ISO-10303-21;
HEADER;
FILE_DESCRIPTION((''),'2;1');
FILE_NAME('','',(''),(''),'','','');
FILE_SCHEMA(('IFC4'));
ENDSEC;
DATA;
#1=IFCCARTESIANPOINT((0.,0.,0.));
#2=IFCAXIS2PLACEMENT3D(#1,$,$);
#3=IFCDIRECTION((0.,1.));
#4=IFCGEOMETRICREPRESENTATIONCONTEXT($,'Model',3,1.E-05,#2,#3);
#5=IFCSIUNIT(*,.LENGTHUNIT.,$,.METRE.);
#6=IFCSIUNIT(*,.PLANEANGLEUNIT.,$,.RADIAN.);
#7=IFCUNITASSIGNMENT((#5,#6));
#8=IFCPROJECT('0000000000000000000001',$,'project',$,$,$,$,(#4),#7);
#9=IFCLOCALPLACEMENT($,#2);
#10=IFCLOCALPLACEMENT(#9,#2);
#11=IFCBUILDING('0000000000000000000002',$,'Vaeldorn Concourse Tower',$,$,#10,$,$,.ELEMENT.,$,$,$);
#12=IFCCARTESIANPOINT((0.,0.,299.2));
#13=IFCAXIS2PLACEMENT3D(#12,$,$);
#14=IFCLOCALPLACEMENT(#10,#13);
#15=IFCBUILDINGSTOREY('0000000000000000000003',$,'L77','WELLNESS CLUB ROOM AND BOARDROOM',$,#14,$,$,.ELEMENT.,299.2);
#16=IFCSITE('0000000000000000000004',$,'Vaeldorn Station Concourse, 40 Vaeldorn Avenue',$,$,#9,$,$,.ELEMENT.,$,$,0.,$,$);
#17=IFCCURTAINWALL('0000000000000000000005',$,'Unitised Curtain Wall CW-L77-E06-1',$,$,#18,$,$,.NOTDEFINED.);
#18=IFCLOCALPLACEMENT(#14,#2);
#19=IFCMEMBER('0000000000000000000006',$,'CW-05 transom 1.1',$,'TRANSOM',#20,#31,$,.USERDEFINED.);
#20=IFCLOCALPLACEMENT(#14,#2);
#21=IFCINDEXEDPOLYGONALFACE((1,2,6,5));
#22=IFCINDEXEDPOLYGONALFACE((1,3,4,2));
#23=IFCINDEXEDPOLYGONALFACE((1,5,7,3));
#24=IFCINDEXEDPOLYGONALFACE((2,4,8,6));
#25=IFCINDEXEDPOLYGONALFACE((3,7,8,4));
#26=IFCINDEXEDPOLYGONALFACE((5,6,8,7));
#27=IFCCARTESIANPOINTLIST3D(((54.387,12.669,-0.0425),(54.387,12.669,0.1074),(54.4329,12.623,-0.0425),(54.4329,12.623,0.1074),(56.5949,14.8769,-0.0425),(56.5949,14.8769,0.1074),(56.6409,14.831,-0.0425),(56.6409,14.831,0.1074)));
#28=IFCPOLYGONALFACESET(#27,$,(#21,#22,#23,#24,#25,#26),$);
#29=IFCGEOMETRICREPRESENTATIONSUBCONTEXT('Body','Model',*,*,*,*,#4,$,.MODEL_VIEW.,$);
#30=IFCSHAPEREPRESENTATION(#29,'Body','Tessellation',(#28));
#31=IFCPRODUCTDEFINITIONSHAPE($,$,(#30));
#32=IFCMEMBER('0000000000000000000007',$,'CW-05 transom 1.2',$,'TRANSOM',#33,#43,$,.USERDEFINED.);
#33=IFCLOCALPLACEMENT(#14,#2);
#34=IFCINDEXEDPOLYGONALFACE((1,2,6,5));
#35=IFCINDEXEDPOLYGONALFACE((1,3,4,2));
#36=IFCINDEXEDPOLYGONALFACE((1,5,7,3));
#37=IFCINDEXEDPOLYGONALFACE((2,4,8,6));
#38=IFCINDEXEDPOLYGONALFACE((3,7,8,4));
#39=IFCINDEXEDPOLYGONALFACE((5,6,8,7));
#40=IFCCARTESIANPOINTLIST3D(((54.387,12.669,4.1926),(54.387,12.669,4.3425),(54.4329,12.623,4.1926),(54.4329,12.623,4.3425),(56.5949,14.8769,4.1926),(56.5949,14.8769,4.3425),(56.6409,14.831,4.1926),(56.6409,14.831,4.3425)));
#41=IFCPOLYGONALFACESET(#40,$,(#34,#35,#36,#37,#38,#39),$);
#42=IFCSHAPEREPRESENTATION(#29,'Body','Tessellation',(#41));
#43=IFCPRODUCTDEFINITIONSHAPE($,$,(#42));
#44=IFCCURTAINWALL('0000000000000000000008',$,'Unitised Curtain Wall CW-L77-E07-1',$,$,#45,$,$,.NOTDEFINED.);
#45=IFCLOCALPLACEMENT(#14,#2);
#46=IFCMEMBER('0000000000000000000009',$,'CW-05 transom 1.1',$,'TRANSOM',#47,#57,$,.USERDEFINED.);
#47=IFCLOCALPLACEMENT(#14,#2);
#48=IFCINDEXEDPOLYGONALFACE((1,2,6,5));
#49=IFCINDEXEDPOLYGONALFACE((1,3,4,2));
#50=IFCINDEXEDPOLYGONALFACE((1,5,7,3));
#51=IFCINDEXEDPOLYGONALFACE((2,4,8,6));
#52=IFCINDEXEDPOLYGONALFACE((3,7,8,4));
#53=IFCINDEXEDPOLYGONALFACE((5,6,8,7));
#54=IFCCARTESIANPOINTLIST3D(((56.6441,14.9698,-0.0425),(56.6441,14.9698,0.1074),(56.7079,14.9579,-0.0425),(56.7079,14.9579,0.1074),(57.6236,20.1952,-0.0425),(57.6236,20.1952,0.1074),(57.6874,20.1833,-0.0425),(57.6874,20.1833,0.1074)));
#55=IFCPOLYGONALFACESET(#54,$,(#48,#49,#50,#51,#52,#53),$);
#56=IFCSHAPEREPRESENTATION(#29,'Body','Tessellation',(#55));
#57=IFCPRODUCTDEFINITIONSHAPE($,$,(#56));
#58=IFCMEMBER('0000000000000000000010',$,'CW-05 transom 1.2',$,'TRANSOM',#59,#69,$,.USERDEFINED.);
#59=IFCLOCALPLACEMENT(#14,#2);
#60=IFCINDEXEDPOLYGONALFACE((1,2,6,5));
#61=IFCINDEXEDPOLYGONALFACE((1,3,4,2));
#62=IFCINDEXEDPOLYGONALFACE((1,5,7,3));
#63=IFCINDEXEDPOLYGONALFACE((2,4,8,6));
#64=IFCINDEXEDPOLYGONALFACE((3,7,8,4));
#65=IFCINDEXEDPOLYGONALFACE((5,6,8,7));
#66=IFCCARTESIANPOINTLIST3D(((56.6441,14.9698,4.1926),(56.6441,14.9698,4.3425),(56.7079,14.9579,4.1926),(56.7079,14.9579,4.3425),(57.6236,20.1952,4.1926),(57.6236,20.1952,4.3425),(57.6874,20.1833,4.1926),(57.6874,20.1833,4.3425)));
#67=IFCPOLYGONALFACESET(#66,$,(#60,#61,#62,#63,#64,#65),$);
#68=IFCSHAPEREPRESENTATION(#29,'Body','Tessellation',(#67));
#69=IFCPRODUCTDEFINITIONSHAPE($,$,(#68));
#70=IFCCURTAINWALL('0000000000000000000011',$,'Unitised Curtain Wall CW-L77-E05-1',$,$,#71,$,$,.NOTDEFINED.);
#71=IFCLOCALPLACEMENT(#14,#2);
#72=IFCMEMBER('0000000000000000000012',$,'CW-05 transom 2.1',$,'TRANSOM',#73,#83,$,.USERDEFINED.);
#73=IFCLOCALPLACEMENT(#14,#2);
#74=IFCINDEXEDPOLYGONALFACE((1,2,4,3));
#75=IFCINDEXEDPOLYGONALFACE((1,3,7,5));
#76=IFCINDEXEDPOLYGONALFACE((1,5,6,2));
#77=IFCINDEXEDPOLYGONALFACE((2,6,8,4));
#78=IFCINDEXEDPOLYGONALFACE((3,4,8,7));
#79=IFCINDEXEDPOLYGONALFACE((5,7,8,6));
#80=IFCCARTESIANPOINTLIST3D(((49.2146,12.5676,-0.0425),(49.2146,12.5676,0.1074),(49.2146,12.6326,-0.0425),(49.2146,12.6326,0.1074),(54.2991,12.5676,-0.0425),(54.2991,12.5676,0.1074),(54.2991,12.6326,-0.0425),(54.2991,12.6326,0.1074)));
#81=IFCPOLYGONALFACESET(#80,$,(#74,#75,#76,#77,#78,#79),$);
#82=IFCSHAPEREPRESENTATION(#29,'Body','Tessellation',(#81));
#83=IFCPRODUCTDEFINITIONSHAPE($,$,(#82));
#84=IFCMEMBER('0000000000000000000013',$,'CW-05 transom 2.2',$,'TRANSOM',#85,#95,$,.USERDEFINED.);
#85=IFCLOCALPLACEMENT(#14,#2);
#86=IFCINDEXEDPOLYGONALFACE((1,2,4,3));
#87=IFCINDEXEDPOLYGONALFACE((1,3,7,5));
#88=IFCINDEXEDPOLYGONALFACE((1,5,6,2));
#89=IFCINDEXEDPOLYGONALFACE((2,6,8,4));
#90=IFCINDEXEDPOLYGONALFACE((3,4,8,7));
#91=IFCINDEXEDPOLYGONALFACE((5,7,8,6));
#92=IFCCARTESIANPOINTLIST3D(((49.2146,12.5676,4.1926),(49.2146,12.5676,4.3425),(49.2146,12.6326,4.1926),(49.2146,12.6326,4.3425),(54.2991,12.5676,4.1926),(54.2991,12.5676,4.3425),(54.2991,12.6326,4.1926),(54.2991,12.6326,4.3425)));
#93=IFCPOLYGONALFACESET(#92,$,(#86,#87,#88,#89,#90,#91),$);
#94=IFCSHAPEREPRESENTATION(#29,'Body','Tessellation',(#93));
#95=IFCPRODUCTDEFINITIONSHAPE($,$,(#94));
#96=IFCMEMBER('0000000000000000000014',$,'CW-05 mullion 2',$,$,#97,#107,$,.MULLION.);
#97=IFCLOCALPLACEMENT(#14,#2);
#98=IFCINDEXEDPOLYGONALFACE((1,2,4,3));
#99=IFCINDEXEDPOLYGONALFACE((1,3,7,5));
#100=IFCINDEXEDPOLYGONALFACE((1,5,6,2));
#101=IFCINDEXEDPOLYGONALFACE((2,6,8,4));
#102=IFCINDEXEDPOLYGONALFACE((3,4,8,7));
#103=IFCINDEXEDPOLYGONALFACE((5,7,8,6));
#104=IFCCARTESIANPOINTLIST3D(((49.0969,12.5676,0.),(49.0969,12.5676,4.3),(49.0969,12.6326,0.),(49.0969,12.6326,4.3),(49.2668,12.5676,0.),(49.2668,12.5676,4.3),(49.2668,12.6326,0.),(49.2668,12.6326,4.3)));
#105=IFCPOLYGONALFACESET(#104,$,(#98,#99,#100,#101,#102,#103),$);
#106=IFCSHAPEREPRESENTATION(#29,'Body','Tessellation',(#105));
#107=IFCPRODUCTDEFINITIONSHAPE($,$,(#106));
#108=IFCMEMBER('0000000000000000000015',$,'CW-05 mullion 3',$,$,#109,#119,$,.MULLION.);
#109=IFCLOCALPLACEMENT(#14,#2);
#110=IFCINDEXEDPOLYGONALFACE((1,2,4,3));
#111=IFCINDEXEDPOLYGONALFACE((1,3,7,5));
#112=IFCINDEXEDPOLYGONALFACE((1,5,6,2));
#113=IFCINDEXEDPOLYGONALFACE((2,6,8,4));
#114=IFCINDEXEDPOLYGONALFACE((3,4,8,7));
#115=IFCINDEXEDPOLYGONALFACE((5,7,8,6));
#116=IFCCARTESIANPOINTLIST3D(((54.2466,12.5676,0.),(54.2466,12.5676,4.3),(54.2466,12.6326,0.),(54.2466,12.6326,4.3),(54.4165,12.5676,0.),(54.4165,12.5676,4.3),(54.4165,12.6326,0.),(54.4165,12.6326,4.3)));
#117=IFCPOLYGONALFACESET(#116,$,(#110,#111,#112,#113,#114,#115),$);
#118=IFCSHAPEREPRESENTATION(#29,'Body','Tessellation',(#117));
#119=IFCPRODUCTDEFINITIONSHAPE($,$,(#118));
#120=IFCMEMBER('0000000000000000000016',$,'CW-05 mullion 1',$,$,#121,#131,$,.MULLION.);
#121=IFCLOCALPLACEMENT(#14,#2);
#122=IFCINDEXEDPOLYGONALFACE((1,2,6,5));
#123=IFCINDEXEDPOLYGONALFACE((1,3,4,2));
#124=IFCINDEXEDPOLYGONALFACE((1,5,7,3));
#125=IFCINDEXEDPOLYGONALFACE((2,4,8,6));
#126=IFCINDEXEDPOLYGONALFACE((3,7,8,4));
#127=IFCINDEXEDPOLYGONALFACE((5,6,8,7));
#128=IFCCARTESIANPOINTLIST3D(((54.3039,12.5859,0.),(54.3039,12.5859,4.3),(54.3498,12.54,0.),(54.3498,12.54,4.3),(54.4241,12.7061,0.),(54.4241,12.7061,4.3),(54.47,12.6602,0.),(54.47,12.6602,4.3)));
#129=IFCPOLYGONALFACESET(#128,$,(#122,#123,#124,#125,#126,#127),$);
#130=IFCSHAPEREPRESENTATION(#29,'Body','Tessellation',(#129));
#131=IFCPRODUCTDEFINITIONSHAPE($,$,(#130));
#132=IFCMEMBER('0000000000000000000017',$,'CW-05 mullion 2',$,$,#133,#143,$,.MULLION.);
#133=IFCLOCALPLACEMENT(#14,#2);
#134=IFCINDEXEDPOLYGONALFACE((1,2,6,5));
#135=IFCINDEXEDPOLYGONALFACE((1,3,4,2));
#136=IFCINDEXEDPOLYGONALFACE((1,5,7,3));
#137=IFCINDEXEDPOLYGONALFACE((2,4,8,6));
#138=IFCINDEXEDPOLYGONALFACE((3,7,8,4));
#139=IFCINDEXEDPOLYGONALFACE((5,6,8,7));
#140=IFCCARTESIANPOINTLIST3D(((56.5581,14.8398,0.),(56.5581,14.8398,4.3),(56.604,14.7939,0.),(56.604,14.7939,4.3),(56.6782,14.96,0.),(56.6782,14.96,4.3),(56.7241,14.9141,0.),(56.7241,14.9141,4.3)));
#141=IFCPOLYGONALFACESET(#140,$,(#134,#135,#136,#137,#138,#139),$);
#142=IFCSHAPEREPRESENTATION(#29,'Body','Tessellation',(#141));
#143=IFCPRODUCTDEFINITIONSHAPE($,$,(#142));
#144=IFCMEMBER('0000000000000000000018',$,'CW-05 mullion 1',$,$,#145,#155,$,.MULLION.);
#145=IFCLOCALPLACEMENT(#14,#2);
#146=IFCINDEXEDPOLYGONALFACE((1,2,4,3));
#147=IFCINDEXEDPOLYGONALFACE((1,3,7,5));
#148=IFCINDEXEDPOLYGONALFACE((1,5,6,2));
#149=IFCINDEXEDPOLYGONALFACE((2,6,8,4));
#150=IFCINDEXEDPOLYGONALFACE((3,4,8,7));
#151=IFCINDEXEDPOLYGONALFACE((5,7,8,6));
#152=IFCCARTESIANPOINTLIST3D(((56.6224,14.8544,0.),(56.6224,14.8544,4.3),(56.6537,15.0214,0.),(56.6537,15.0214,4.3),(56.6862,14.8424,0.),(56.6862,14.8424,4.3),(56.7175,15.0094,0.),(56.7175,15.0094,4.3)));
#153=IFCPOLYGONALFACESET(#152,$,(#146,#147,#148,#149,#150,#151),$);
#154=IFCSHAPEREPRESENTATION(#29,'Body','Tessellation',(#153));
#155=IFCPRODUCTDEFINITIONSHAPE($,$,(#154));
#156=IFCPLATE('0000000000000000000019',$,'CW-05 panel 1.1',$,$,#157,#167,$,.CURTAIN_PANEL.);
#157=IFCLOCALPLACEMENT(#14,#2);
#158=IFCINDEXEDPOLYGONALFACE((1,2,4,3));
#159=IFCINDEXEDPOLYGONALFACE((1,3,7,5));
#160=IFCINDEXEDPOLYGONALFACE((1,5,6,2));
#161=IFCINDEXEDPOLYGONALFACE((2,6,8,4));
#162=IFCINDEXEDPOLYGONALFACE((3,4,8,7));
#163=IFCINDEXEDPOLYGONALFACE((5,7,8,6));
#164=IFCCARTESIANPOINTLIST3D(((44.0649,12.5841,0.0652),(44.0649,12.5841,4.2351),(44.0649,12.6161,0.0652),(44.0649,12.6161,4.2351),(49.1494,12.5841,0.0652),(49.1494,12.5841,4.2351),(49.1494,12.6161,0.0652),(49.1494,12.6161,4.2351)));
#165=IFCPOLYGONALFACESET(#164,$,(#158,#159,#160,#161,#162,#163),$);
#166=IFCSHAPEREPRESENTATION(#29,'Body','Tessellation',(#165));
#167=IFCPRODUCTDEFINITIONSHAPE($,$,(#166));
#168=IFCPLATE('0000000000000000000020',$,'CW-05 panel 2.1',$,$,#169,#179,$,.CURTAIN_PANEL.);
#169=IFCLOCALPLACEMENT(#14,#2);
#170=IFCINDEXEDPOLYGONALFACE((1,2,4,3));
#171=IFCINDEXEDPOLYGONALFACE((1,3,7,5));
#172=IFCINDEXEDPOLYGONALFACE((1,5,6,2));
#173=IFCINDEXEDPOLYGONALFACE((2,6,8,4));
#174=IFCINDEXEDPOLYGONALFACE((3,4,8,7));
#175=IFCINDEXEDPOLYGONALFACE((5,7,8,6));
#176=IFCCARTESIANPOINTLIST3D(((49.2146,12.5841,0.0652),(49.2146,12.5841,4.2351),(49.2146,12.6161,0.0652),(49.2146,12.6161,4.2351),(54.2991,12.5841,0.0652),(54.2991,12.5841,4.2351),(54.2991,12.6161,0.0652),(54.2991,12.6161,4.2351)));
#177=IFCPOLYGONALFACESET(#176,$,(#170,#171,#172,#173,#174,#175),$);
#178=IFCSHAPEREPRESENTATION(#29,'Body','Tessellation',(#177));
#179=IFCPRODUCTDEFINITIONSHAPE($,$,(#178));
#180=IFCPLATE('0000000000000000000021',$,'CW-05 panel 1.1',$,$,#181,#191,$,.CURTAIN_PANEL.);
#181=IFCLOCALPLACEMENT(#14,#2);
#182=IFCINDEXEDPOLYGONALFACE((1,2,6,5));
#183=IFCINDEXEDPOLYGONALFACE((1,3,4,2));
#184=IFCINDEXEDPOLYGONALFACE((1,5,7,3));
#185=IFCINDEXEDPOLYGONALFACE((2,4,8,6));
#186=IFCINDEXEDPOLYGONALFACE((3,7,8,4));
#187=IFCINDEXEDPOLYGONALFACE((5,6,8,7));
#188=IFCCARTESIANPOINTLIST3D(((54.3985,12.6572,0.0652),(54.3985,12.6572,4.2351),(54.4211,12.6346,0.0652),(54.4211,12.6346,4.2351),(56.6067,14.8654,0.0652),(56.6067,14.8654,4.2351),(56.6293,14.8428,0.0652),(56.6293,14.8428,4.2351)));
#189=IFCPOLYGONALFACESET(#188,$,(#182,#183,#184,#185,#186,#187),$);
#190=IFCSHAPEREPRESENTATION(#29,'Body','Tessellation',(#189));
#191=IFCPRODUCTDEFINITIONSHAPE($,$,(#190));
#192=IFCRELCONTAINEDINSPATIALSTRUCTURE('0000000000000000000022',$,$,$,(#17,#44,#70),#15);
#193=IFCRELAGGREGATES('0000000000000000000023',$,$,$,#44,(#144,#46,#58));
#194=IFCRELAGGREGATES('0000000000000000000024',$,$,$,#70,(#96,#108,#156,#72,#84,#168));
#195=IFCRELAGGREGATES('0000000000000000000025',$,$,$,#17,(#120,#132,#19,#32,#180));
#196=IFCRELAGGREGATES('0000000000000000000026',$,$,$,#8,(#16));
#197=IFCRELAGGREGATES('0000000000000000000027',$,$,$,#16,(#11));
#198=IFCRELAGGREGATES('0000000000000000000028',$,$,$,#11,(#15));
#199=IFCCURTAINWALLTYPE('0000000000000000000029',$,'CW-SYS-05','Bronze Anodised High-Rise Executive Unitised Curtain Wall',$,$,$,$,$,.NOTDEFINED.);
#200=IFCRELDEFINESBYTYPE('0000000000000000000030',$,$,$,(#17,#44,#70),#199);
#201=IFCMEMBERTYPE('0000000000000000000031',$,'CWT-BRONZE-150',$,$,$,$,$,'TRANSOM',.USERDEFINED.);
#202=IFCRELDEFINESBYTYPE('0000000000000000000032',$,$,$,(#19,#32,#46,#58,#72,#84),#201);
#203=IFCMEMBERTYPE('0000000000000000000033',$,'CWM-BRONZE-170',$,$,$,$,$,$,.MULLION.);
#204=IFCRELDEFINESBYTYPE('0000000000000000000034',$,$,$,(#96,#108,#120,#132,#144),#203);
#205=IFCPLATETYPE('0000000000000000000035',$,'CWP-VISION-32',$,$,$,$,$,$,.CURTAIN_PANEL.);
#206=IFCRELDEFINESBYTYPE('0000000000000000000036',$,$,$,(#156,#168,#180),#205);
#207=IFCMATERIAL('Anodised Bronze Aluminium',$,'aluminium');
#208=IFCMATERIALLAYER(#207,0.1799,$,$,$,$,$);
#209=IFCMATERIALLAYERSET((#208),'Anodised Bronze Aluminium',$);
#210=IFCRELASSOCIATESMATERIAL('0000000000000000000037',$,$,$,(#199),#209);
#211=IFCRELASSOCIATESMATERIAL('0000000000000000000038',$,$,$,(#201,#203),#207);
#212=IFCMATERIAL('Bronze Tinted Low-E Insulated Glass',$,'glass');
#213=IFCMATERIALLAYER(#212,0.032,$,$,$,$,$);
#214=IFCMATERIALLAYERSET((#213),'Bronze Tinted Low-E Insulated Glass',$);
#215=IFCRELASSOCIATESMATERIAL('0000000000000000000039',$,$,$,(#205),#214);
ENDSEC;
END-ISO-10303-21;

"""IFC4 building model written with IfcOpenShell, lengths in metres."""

from ifc_helpers import new_model, si_unit, direction, frame, origin, origin_2d, place, context, subcontext, project, spatial, rectangle, extrude, source, transform, mapped, material, layer, layer_set, material_profile, profile_set, type_object, element, aggregate, save


model = new_model("IFC4")

# Units and contexts
model_context = context("Model", 3, precision=1e-05, world=origin(), true_north=direction((0.0, 1.0)))
body_context = subcontext(model_context, "Body", "Model", "MODEL_VIEW")
ifc_project = project(units=[si_unit("LENGTHUNIT", "METRE"), si_unit("PLANEANGLEUNIT", "RADIAN")], contexts=[model_context])

# Site, building, storey
site_placement = place(None, origin())
site = spatial("IfcSite", under=ifc_project, at=site_placement, Name="Vaeldorn Station Concourse, 40 Vaeldorn Avenue", CompositionType="ELEMENT", RefElevation=0.0)
building_placement = place(site_placement, origin())
building = spatial("IfcBuilding", under=site, at=building_placement, Name="Vaeldorn Concourse Tower", CompositionType="ELEMENT")
storey_placement = place(building_placement, frame((0.0, 0.0, 299.2)))
storey = spatial("IfcBuildingStorey", under=building, at=storey_placement, Name="L77", Description="WELLNESS CLUB ROOM AND BOARDROOM", CompositionType="ELEMENT", Elevation=299.2)

# Curtain walls, members
ifc_material_1 = material(Name="Anodised Bronze Aluminium", Category="aluminium")
ifc_layer_1 = layer(ifc_material_1, 0.1799)
ifc_layer_set_1 = layer_set([ifc_layer_1], Name="Anodised Bronze Aluminium")
curtain_wall_type = type_object("IfcCurtainWallType", Name="CW-SYS-05", Description="Bronze Anodised High-Rise Executive Unitised Curtain Wall", PredefinedType="NOTDEFINED", material=ifc_layer_set_1)
curtain_wall_1_placement = place(storey_placement, origin())
curtain_wall_1 = element("IfcCurtainWall", 1, at=curtain_wall_1_placement, inside=storey, type_object=curtain_wall_type, Name="Unitised Curtain Wall CW-L77-E06-1", PredefinedType="NOTDEFINED")
ifc_material_profile_1 = material_profile(ifc_material_1, rectangle(XDim=0.0649, YDim=0.1499, at=origin_2d()), Name="CWT 65x150")
ifc_profile_set_1 = profile_set([ifc_material_profile_1], Name="Anodised Bronze Aluminium")
member_type_1 = type_object("IfcMemberType", Name="CWT-BRONZE-150", ElementType="TRANSOM", PredefinedType="USERDEFINED", material=ifc_profile_set_1)
shared_shape_1 = source(origin(), body_context, "Body", "SweptSolid", [
    extrude(rectangle(XDim=0.0649, YDim=0.1499, at=origin_2d()), origin(), (0.0, 0.0, 1.0), 3.1226),
])
member_1_placement = place(storey_placement, frame((54.4099, 12.646, 0.0325), z_axis=(0.707107, 0.707107, 0.0), x_axis=(-0.707107, 0.707107, 0.0)))
member_1 = element("IfcMember", 2, at=member_1_placement, type_object=member_type_1, Name="CW-05 transom 1.1", ObjectType="TRANSOM", PredefinedType="USERDEFINED", context=body_context, shape_type="MappedRepresentation", body=[
    mapped(shared_shape_1, transform((0.0, 0.0, 0.0), scale=1.0)),
])
member_2_placement = place(storey_placement, frame((54.4099, 12.646, 4.2676), z_axis=(0.707107, 0.707107, 0.0), x_axis=(-0.707107, 0.707107, 0.0)))
member_2 = element("IfcMember", 3, at=member_2_placement, type_object=member_type_1, Name="CW-05 transom 1.2", ObjectType="TRANSOM", PredefinedType="USERDEFINED", context=body_context, shape_type="MappedRepresentation", body=[
    mapped(shared_shape_1, transform((0.0, 0.0, 0.0), scale=1.0)),
])
curtain_wall_2_placement = place(storey_placement, origin())
curtain_wall_2 = element("IfcCurtainWall", 4, at=curtain_wall_2_placement, inside=storey, type_object=curtain_wall_type, Name="Unitised Curtain Wall CW-L77-E07-1", PredefinedType="NOTDEFINED")
shared_shape_2 = source(origin(), body_context, "Body", "SweptSolid", [
    extrude(rectangle(XDim=0.0649, YDim=0.1499, at=origin_2d()), origin(), (0.0, 0.0, 1.0), 5.3164),
])
member_3_placement = place(storey_placement, frame((56.676, 14.9639, 0.0325), z_axis=(0.184241, 0.982881, 0.0), x_axis=(-0.982881, 0.184241, 0.0)))
member_3 = element("IfcMember", 5, at=member_3_placement, type_object=member_type_1, Name="CW-05 transom 1.1", ObjectType="TRANSOM", PredefinedType="USERDEFINED", context=body_context, shape_type="MappedRepresentation", body=[
    mapped(shared_shape_2, transform((0.0, 0.0, 0.0), scale=1.0)),
])
member_4_placement = place(storey_placement, frame((56.676, 14.9639, 4.2676), z_axis=(0.184241, 0.982881, 0.0), x_axis=(-0.982881, 0.184241, 0.0)))
member_4 = element("IfcMember", 6, at=member_4_placement, type_object=member_type_1, Name="CW-05 transom 1.2", ObjectType="TRANSOM", PredefinedType="USERDEFINED", context=body_context, shape_type="MappedRepresentation", body=[
    mapped(shared_shape_2, transform((0.0, 0.0, 0.0), scale=1.0)),
])
curtain_wall_3_placement = place(storey_placement, origin())
curtain_wall_3 = element("IfcCurtainWall", 7, at=curtain_wall_3_placement, inside=storey, type_object=curtain_wall_type, Name="Unitised Curtain Wall CW-L77-E05-1", PredefinedType="NOTDEFINED")
shared_shape_3 = source(origin(), body_context, "Body", "SweptSolid", [
    extrude(rectangle(XDim=0.0649, YDim=0.1499, at=origin_2d()), origin(), (0.0, 0.0, 1.0), 5.0845),
])
member_5_placement = place(storey_placement, frame((49.2146, 12.6001, 0.0325), z_axis=(1.0, 0.0, 0.0), x_axis=(0.0, 1.0, 0.0)))
member_5 = element("IfcMember", 8, at=member_5_placement, type_object=member_type_1, Name="CW-05 transom 2.1", ObjectType="TRANSOM", PredefinedType="USERDEFINED", context=body_context, shape_type="MappedRepresentation", body=[
    mapped(shared_shape_3, transform((0.0, 0.0, 0.0), scale=1.0)),
])
member_6_placement = place(storey_placement, frame((49.2146, 12.6001, 4.2676), z_axis=(1.0, 0.0, 0.0), x_axis=(0.0, 1.0, 0.0)))
member_6 = element("IfcMember", 9, at=member_6_placement, type_object=member_type_1, Name="CW-05 transom 2.2", ObjectType="TRANSOM", PredefinedType="USERDEFINED", context=body_context, shape_type="MappedRepresentation", body=[
    mapped(shared_shape_3, transform((0.0, 0.0, 0.0), scale=1.0)),
])
ifc_material_profile_2 = material_profile(ifc_material_1, rectangle(XDim=0.0649, YDim=0.1699, at=origin_2d()), Name="CWM 65x170")
ifc_profile_set_2 = profile_set([ifc_material_profile_2], Name="Anodised Bronze Aluminium")
member_type_2 = type_object("IfcMemberType", Name="CWM-BRONZE-170", PredefinedType="MULLION", material=ifc_profile_set_2)
shared_shape_4 = source(origin(), body_context, "Body", "SweptSolid", [
    extrude(rectangle(XDim=0.0649, YDim=0.1699, at=origin_2d()), origin(), (0.0, 0.0, 1.0), 4.3),
])
member_7_placement = place(storey_placement, frame((49.1819, 12.6001, 0.0), z_axis=(0.0, 0.0, 1.0), x_axis=(0.0, 1.0, 0.0)))
member_7 = element("IfcMember", 10, at=member_7_placement, type_object=member_type_2, Name="CW-05 mullion 2", PredefinedType="MULLION", context=body_context, shape_type="MappedRepresentation", body=[
    mapped(shared_shape_4, transform((0.0, 0.0, 0.0), scale=1.0)),
])
member_8_placement = place(storey_placement, frame((54.3315, 12.6001, 0.0), z_axis=(0.0, 0.0, 1.0), x_axis=(0.0, 1.0, 0.0)))
member_8 = element("IfcMember", 11, at=member_8_placement, type_object=member_type_2, Name="CW-05 mullion 3", PredefinedType="MULLION", context=body_context, shape_type="MappedRepresentation", body=[
    mapped(shared_shape_4, transform((0.0, 0.0, 0.0), scale=1.0)),
])

# Members
member_9_placement = place(storey_placement, frame((54.387, 12.623, 0.0), z_axis=(0.0, 0.0, 1.0), x_axis=(-0.707107, 0.707107, 0.0)))
member_9 = element("IfcMember", 12, at=member_9_placement, type_object=member_type_2, Name="CW-05 mullion 1", PredefinedType="MULLION", context=body_context, shape_type="MappedRepresentation", body=[
    mapped(shared_shape_4, transform((0.0, 0.0, 0.0), scale=1.0)),
])
member_10_placement = place(storey_placement, frame((56.6411, 14.877, 0.0), z_axis=(0.0, 0.0, 1.0), x_axis=(-0.707107, 0.707107, 0.0)))
member_10 = element("IfcMember", 13, at=member_10_placement, type_object=member_type_2, Name="CW-05 mullion 2", PredefinedType="MULLION", context=body_context, shape_type="MappedRepresentation", body=[
    mapped(shared_shape_4, transform((0.0, 0.0, 0.0), scale=1.0)),
])
member_11_placement = place(storey_placement, frame((56.6699, 14.9319, 0.0), z_axis=(0.0, 0.0, 1.0), x_axis=(-0.98288, 0.184247, 0.0)))
member_11 = element("IfcMember", 14, at=member_11_placement, type_object=member_type_2, Name="CW-05 mullion 1", PredefinedType="MULLION", context=body_context, shape_type="MappedRepresentation", body=[
    mapped(shared_shape_4, transform((0.0, 0.0, 0.0), scale=1.0)),
])
aggregate(curtain_wall_2, [member_11, member_3, member_4])

# Plates
ifc_material_2 = material(Name="Bronze Tinted Low-E Insulated Glass", Category="glass")
ifc_layer_2 = layer(ifc_material_2, 0.032)
ifc_layer_set_2 = layer_set([ifc_layer_2], Name="Bronze Tinted Low-E Insulated Glass")
plate_type = type_object("IfcPlateType", Name="CWP-VISION-32", PredefinedType="CURTAIN_PANEL", material=ifc_layer_set_2)
shared_shape_5 = source(origin(), body_context, "Body", "SweptSolid", [
    extrude(rectangle(XDim=5.0845, YDim=0.032, at=origin_2d()), origin(), (0.0, 0.0, 1.0), 4.1699),
])
plate_1_placement = place(storey_placement, frame((46.6072, 12.6001, 0.0652), z_axis=(0.0, 0.0, 1.0), x_axis=(1.0, 0.0, 0.0)))
plate_1 = element("IfcPlate", 15, at=plate_1_placement, type_object=plate_type, Name="CW-05 panel 1.1", PredefinedType="CURTAIN_PANEL", context=body_context, shape_type="MappedRepresentation", body=[
    mapped(shared_shape_5, transform((0.0, 0.0, 0.0), scale=1.0)),
])
plate_2_placement = place(storey_placement, frame((51.7568, 12.6001, 0.0652), z_axis=(0.0, 0.0, 1.0), x_axis=(1.0, 0.0, 0.0)))
plate_2 = element("IfcPlate", 16, at=plate_2_placement, type_object=plate_type, Name="CW-05 panel 2.1", PredefinedType="CURTAIN_PANEL", context=body_context, shape_type="MappedRepresentation", body=[
    mapped(shared_shape_5, transform((0.0, 0.0, 0.0), scale=1.0)),
])
aggregate(curtain_wall_3, [member_7, member_8, plate_1, member_5, member_6, plate_2])
shared_shape_6 = source(origin(), body_context, "Body", "SweptSolid", [
    extrude(rectangle(XDim=3.1228, YDim=0.032, at=origin_2d()), origin(), (0.0, 0.0, 1.0), 4.1699),
])
plate_3_placement = place(storey_placement, frame((55.5139, 13.75, 0.0652), z_axis=(0.0, 0.0, 1.0), x_axis=(0.707107, 0.707107, 0.0)))
plate_3 = element("IfcPlate", 17, at=plate_3_placement, type_object=plate_type, Name="CW-05 panel 1.1", PredefinedType="CURTAIN_PANEL", context=body_context, shape_type="MappedRepresentation", body=[
    mapped(shared_shape_6, transform((0.0, 0.0, 0.0), scale=1.0)),
])
aggregate(curtain_wall_1, [member_9, member_10, member_1, member_2, plate_3])

save(model, "model.ifc")
